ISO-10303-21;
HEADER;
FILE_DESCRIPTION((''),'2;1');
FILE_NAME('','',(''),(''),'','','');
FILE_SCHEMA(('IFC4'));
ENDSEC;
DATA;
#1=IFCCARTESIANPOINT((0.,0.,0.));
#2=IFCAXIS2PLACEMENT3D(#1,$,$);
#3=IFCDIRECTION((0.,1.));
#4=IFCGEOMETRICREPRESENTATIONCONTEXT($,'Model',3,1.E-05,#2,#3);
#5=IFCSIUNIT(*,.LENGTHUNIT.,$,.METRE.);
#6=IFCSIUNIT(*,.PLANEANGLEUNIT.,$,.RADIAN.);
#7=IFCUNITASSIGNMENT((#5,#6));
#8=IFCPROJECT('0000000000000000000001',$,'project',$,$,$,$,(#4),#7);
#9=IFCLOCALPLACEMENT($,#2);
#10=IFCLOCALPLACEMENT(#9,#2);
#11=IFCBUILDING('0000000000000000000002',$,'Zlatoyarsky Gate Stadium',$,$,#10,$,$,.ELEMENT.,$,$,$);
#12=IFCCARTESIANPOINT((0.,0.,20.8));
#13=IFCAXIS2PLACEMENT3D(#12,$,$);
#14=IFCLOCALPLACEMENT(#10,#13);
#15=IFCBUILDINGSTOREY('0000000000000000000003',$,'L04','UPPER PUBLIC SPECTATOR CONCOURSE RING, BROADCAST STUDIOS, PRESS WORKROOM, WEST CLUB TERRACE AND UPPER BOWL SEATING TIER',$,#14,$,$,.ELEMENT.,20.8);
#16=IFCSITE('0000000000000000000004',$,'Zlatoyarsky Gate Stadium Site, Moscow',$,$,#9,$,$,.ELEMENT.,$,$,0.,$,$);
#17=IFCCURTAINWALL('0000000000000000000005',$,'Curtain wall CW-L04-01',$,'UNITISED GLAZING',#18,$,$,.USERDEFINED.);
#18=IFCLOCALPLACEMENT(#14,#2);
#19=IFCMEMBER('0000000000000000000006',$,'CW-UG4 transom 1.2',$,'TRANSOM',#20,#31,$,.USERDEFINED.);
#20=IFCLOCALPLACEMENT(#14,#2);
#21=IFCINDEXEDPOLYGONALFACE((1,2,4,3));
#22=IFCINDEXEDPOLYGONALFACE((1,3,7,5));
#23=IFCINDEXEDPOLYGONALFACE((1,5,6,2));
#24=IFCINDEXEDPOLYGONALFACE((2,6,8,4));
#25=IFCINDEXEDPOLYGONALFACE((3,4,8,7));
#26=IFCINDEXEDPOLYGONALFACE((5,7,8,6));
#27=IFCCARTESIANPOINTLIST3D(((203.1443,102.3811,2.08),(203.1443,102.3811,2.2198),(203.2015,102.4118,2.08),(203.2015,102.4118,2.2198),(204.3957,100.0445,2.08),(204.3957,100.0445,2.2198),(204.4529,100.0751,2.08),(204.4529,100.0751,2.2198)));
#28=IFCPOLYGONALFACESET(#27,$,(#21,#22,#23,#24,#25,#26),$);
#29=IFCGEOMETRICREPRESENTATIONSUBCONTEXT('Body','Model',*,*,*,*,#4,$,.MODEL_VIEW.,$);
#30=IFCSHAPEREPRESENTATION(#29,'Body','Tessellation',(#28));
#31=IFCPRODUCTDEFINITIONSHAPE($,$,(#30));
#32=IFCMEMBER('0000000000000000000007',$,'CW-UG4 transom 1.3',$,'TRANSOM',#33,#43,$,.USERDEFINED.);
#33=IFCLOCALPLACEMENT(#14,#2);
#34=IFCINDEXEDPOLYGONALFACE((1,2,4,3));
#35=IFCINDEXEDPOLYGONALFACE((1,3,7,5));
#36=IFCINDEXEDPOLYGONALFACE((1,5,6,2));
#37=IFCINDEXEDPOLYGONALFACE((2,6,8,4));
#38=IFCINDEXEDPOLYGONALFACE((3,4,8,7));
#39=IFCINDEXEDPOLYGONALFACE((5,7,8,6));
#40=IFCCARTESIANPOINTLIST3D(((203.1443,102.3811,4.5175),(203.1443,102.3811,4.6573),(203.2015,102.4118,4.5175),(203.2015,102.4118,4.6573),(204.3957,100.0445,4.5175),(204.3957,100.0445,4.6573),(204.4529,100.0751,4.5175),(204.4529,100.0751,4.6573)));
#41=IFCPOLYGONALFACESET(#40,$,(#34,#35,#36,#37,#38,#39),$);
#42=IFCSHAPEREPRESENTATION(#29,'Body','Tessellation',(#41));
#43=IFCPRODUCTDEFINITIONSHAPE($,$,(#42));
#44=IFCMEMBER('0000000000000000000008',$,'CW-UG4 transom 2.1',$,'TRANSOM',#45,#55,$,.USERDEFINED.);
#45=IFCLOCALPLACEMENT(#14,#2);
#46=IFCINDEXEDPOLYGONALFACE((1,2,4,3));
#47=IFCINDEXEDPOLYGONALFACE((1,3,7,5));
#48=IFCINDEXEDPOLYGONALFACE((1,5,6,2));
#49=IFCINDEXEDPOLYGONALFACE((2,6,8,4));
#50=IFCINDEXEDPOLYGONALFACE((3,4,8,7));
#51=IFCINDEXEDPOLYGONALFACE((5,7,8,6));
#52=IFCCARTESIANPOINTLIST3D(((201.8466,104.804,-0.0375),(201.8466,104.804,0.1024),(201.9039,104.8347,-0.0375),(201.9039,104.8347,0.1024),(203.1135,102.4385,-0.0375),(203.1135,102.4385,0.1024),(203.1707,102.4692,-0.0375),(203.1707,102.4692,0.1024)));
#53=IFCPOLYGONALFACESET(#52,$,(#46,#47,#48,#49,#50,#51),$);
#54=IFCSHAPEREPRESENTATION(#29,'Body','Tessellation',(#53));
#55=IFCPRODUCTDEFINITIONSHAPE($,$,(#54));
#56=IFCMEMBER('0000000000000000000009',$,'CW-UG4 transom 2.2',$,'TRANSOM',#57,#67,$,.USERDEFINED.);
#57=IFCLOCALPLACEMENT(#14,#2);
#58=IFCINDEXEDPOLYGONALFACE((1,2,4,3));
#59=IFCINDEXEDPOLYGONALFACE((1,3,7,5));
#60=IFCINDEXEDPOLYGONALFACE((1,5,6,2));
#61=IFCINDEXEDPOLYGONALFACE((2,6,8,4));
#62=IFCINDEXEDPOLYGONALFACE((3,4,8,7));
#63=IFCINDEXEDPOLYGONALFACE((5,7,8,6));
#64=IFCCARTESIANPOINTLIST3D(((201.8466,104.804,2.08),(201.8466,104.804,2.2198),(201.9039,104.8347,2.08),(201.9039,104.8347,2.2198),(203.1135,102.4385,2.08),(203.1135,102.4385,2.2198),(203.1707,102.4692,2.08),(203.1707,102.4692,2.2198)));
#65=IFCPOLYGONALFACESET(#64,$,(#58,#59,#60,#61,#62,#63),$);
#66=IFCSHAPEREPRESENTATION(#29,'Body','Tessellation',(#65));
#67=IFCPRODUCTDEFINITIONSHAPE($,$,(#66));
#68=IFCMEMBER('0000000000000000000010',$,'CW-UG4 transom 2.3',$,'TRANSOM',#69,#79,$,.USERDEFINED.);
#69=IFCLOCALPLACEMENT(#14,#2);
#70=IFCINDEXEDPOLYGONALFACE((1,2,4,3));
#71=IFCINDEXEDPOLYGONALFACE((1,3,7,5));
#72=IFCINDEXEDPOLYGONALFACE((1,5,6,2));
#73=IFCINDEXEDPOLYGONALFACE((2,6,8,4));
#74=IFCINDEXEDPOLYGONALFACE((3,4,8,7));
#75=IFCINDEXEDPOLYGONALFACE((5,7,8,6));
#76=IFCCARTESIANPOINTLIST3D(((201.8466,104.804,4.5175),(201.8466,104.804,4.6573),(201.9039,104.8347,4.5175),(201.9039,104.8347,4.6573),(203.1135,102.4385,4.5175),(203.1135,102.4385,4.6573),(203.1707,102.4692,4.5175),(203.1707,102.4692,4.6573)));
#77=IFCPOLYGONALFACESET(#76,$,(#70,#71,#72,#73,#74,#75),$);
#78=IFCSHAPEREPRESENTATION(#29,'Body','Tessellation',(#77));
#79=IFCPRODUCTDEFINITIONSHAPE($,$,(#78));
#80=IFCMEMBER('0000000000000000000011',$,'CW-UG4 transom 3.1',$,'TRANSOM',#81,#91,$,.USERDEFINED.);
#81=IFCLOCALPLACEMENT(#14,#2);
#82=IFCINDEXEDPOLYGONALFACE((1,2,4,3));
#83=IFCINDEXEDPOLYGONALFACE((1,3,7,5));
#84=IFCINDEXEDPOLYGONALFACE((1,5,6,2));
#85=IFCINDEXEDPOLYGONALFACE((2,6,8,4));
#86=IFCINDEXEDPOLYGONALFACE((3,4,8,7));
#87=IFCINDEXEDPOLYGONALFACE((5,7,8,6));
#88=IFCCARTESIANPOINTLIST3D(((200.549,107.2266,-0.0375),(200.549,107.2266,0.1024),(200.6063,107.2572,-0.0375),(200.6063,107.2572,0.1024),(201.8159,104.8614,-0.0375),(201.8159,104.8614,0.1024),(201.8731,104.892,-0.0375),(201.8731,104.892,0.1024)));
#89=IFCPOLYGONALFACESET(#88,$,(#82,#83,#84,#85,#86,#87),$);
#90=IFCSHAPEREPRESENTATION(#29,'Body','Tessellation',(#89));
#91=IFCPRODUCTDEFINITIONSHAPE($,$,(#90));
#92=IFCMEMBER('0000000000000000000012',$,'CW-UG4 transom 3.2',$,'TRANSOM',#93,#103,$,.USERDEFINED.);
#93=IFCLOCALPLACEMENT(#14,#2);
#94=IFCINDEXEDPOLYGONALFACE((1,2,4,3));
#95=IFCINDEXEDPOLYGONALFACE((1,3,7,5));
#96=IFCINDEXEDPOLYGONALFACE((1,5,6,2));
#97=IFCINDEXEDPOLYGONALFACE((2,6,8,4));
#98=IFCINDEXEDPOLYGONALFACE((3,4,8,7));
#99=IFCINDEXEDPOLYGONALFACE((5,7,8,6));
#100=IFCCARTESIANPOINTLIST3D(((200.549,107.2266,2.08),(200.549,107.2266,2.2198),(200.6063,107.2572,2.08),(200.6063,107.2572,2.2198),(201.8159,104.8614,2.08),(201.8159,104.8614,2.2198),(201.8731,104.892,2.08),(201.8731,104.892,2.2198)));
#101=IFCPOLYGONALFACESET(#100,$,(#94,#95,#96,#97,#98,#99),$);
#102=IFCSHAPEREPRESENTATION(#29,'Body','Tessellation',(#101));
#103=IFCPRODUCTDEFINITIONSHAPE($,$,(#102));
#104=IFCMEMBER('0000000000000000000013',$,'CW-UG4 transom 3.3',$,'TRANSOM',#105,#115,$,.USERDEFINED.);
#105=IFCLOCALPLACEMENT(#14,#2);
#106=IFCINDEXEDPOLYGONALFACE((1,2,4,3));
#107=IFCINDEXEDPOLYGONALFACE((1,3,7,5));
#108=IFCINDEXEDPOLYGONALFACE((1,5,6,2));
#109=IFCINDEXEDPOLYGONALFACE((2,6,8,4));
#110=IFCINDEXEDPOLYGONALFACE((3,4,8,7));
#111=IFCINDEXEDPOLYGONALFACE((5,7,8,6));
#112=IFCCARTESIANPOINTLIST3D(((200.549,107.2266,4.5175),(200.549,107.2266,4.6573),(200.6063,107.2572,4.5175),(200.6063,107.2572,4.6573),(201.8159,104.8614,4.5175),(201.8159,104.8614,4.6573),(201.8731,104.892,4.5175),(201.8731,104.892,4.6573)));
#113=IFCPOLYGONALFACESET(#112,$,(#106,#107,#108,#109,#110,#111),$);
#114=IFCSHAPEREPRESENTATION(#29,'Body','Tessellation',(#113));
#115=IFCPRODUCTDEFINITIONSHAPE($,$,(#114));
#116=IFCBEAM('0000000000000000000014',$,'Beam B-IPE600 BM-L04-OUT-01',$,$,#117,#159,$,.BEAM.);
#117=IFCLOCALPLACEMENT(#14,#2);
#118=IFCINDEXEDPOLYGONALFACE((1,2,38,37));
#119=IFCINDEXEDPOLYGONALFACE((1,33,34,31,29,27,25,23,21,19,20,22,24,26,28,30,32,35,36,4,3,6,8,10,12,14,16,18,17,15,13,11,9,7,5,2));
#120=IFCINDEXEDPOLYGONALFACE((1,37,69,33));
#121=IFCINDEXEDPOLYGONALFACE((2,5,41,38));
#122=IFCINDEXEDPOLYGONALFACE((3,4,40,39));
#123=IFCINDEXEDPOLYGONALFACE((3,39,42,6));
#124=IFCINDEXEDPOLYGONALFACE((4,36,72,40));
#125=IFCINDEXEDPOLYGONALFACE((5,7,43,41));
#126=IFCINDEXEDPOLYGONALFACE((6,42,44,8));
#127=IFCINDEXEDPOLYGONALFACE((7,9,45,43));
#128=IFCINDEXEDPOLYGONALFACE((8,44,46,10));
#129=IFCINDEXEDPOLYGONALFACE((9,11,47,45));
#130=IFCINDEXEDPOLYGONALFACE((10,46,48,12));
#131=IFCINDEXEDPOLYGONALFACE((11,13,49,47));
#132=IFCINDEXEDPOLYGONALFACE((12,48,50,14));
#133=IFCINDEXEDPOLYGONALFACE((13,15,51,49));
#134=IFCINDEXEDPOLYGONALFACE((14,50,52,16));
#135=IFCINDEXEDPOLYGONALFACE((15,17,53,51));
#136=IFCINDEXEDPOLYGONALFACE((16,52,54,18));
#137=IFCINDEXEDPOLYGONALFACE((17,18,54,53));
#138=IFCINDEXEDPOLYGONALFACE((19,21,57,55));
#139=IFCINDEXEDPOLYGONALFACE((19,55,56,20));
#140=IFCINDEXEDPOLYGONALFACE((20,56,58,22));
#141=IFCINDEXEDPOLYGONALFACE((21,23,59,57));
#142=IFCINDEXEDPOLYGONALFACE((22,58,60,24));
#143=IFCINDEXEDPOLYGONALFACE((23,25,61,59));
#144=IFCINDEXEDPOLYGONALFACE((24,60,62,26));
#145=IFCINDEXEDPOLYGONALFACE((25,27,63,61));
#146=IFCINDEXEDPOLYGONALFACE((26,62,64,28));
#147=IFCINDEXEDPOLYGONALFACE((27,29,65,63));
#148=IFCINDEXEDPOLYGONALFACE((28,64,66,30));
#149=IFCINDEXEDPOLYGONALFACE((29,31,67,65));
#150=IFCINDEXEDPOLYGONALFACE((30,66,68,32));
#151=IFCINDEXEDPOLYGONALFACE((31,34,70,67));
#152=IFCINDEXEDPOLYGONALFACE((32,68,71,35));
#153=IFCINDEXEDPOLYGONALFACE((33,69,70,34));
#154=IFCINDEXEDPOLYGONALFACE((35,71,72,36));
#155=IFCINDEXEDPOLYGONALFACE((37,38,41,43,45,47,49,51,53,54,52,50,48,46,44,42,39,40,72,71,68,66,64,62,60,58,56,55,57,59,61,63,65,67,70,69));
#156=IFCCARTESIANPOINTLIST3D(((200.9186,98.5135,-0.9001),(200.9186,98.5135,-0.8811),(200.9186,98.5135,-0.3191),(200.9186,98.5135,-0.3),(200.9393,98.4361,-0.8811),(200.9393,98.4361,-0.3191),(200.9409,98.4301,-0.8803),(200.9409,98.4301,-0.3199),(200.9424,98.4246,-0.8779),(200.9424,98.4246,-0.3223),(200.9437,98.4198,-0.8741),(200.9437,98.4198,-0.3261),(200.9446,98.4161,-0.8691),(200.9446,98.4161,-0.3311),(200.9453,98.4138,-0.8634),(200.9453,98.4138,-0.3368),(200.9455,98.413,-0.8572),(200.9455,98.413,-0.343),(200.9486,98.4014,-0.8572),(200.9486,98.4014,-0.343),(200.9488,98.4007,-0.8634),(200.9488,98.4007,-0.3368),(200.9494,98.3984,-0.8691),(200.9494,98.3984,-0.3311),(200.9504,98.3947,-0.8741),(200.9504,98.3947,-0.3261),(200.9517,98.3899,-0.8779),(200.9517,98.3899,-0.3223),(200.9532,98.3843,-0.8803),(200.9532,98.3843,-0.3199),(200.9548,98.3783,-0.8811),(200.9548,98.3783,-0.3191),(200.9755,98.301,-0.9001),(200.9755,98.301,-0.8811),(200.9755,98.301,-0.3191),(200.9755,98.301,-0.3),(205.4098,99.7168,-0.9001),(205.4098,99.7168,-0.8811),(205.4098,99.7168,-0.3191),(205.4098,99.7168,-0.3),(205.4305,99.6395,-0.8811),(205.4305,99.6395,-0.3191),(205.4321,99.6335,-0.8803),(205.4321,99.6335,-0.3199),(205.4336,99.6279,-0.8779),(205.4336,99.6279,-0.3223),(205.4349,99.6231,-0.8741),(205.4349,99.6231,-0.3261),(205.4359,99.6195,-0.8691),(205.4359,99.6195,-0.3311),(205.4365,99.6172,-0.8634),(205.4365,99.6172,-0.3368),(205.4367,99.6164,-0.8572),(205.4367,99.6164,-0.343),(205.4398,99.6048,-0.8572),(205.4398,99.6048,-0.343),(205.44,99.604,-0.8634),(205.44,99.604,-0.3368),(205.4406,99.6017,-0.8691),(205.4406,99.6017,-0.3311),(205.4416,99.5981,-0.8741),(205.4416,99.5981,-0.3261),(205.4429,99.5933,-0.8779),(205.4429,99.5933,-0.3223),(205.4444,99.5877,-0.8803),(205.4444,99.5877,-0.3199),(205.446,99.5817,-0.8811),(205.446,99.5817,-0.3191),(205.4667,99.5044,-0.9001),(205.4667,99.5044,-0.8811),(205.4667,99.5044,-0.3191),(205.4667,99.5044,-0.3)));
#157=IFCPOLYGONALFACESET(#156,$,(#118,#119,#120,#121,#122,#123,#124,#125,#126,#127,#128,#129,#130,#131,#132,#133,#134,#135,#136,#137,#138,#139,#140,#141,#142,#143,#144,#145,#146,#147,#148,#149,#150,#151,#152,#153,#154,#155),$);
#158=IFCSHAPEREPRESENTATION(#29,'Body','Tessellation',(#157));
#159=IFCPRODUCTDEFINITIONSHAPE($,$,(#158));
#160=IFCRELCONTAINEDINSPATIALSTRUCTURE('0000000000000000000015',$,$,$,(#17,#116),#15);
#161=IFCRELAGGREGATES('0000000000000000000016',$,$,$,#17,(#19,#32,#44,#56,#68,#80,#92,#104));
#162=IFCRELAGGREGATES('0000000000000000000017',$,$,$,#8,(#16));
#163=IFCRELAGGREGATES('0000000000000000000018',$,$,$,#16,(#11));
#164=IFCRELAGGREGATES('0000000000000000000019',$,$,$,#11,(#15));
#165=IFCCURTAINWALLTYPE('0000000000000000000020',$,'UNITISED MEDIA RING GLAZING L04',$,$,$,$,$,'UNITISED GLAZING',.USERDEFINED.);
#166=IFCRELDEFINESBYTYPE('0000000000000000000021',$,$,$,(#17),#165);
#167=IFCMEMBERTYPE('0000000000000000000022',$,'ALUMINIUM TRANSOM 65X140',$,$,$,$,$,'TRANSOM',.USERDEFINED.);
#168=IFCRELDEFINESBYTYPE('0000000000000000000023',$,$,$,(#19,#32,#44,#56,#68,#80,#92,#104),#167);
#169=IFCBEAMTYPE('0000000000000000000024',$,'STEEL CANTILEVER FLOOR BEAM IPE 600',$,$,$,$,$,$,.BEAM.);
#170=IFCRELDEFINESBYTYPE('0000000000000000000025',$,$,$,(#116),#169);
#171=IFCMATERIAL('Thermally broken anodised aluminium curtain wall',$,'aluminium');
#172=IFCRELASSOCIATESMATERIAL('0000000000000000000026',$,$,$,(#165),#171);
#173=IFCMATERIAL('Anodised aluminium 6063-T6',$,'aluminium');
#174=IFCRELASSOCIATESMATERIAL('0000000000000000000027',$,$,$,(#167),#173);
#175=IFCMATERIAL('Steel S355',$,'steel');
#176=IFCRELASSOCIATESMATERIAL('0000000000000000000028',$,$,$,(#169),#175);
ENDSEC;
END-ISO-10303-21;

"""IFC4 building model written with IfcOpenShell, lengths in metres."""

from ifc_helpers import new_model, si_unit, direction, frame, origin, origin_2d, place, context, subcontext, project, spatial, rectangle, i_section, extrude, material, material_profile, profile_set, type_object, element, aggregate, save


model = new_model("IFC4")

# Units and contexts
model_context = context("Model", 3, precision=1e-05, world=origin(), true_north=direction((0.0, 1.0)))
body_context = subcontext(model_context, "Body", "Model", "MODEL_VIEW")
ifc_project = project(units=[si_unit("LENGTHUNIT", "METRE"), si_unit("PLANEANGLEUNIT", "RADIAN")], contexts=[model_context])

# Site, building, storey
site_placement = place(None, origin())
site = spatial("IfcSite", under=ifc_project, at=site_placement, Name="Zlatoyarsky Gate Stadium Site, Moscow", CompositionType="ELEMENT", RefElevation=0.0)
building_placement = place(site_placement, origin())
building = spatial("IfcBuilding", under=site, at=building_placement, Name="Zlatoyarsky Gate Stadium", CompositionType="ELEMENT")
storey_placement = place(building_placement, frame((0.0, 0.0, 20.8)))
storey = spatial("IfcBuildingStorey", under=building, at=storey_placement, Name="L04", Description="UPPER PUBLIC SPECTATOR CONCOURSE RING, BROADCAST STUDIOS, PRESS WORKROOM, WEST CLUB TERRACE AND UPPER BOWL SEATING TIER", CompositionType="ELEMENT", Elevation=20.8)

# Shared definitions
ifc_material_1 = material(Name="Steel S355", Category="steel")

# Curtain wall, members
ifc_material_2 = material(Name="Thermally broken anodised aluminium curtain wall", Category="aluminium")
ifc_material_3 = material(Name="Anodised aluminium 6063-T6", Category="aluminium")
curtain_wall_type_1 = type_object("IfcCurtainWallType", Name="UNITISED MEDIA RING GLAZING L04", ElementType="UNITISED GLAZING", PredefinedType="USERDEFINED", material=ifc_material_2)
curtain_wall_1_placement = place(storey_placement, origin())
curtain_wall_1 = element("IfcCurtainWall", 1, at=curtain_wall_1_placement, inside=storey, type_object=curtain_wall_type_1, Name="Curtain wall CW-L04-01", ObjectType="UNITISED GLAZING", PredefinedType="USERDEFINED")
ifc_material_profile_1 = material_profile(ifc_material_3, rectangle(XDim=0.0649, YDim=0.1399, at=origin_2d()), Name="ALU 65X140")
ifc_profile_set_1 = profile_set([ifc_material_profile_1], Name="Anodised aluminium 6063-T6")
member_type_1 = type_object("IfcMemberType", Name="ALUMINIUM TRANSOM 65X140", ElementType="TRANSOM", PredefinedType="USERDEFINED", material=ifc_profile_set_1)
member_1_placement = place(storey_placement, frame((204.4243, 100.0598, 2.1499), z_axis=(-0.472127, 0.881531, 0.0), x_axis=(-0.881531, -0.472127, 0.0)))
member_1 = element("IfcMember", 2, at=member_1_placement, type_object=member_type_1, Name="CW-UG4 transom 1.2", ObjectType="TRANSOM", PredefinedType="USERDEFINED", context=body_context, shape_type="SweptSolid", body=[
    extrude(rectangle(XDim=0.0649, YDim=0.1399, at=origin_2d()), origin(), (0.0, 0.0, 1.0), 2.6506),
])
member_2_placement = place(storey_placement, frame((204.4243, 100.0598, 4.5874), z_axis=(-0.472127, 0.881531, 0.0), x_axis=(-0.881531, -0.472127, 0.0)))
member_2 = element("IfcMember", 3, at=member_2_placement, type_object=member_type_1, Name="CW-UG4 transom 1.3", ObjectType="TRANSOM", PredefinedType="USERDEFINED", context=body_context, shape_type="SweptSolid", body=[
    extrude(rectangle(XDim=0.0649, YDim=0.1399, at=origin_2d()), origin(), (0.0, 0.0, 1.0), 2.6506),
])
member_3_placement = place(storey_placement, frame((203.1421, 102.4539, 0.0325), z_axis=(-0.472113, 0.881538, 0.0), x_axis=(-0.881538, -0.472113, 0.0)))
member_3 = element("IfcMember", 4, at=member_3_placement, type_object=member_type_1, Name="CW-UG4 transom 2.1", ObjectType="TRANSOM", PredefinedType="USERDEFINED", context=body_context, shape_type="SweptSolid", body=[
    extrude(rectangle(XDim=0.0649, YDim=0.1399, at=origin_2d()), origin(), (0.0, 0.0, 1.0), 2.6833),
])
member_4_placement = place(storey_placement, frame((203.1421, 102.4539, 2.1499), z_axis=(-0.472113, 0.881538, 0.0), x_axis=(-0.881538, -0.472113, 0.0)))
member_4 = element("IfcMember", 5, at=member_4_placement, type_object=member_type_1, Name="CW-UG4 transom 2.2", ObjectType="TRANSOM", PredefinedType="USERDEFINED", context=body_context, shape_type="SweptSolid", body=[
    extrude(rectangle(XDim=0.0649, YDim=0.1399, at=origin_2d()), origin(), (0.0, 0.0, 1.0), 2.6833),
])
member_5_placement = place(storey_placement, frame((203.1421, 102.4539, 4.5874), z_axis=(-0.472113, 0.881538, 0.0), x_axis=(-0.881538, -0.472113, 0.0)))
member_5 = element("IfcMember", 6, at=member_5_placement, type_object=member_type_1, Name="CW-UG4 transom 2.3", ObjectType="TRANSOM", PredefinedType="USERDEFINED", context=body_context, shape_type="SweptSolid", body=[
    extrude(rectangle(XDim=0.0649, YDim=0.1399, at=origin_2d()), origin(), (0.0, 0.0, 1.0), 2.6833),
])
member_6_placement = place(storey_placement, frame((201.8445, 104.8767, 0.0325), z_axis=(-0.472151, 0.881518, 0.0), x_axis=(-0.881518, -0.472151, 0.0)))
member_6 = element("IfcMember", 7, at=member_6_placement, type_object=member_type_1, Name="CW-UG4 transom 3.1", ObjectType="TRANSOM", PredefinedType="USERDEFINED", context=body_context, shape_type="SweptSolid", body=[
    extrude(rectangle(XDim=0.0649, YDim=0.1399, at=origin_2d()), origin(), (0.0, 0.0, 1.0), 2.6831),
])
member_7_placement = place(storey_placement, frame((201.8445, 104.8767, 2.1499), z_axis=(-0.472151, 0.881518, 0.0), x_axis=(-0.881518, -0.472151, 0.0)))
member_7 = element("IfcMember", 8, at=member_7_placement, type_object=member_type_1, Name="CW-UG4 transom 3.2", ObjectType="TRANSOM", PredefinedType="USERDEFINED", context=body_context, shape_type="SweptSolid", body=[
    extrude(rectangle(XDim=0.0649, YDim=0.1399, at=origin_2d()), origin(), (0.0, 0.0, 1.0), 2.6831),
])
member_8_placement = place(storey_placement, frame((201.8445, 104.8767, 4.5874), z_axis=(-0.472151, 0.881518, 0.0), x_axis=(-0.881518, -0.472151, 0.0)))
member_8 = element("IfcMember", 9, at=member_8_placement, type_object=member_type_1, Name="CW-UG4 transom 3.3", ObjectType="TRANSOM", PredefinedType="USERDEFINED", context=body_context, shape_type="SweptSolid", body=[
    extrude(rectangle(XDim=0.0649, YDim=0.1399, at=origin_2d()), origin(), (0.0, 0.0, 1.0), 2.6831),
])

# Beam
ifc_material_profile_2 = material_profile(ifc_material_1, i_section(OverallWidth=0.22, OverallDepth=0.6001, WebThickness=0.012, FlangeThickness=0.019, FilletRadius=0.0239, at=origin_2d()), Name="IPE 600")
ifc_profile_set_2 = profile_set([ifc_material_profile_2], Name="Steel S355")
beam_type_1 = type_object("IfcBeamType", Name="STEEL CANTILEVER FLOOR BEAM IPE 600", PredefinedType="BEAM", material=ifc_profile_set_2)
beam_1_placement = place(storey_placement, frame((200.947, 98.4072, -0.6001), z_axis=(0.965928, 0.25881, 0.0), x_axis=(-0.25881, 0.965928, 0.0)))
element("IfcBeam", 10, at=beam_1_placement, inside=storey, type_object=beam_type_1, Name="Beam B-IPE600 BM-L04-OUT-01", PredefinedType="BEAM", context=body_context, shape_type="SweptSolid", body=[
    extrude(i_section(OverallWidth=0.22, OverallDepth=0.6001, WebThickness=0.012, FlangeThickness=0.019, FilletRadius=0.0239, at=origin_2d()), origin(), (0.0, 0.0, 1.0), 4.6497),
])

aggregate(curtain_wall_1, [member_1, member_2, member_3, member_4, member_5, member_6, member_7, member_8])

save(model, "model.ifc")
